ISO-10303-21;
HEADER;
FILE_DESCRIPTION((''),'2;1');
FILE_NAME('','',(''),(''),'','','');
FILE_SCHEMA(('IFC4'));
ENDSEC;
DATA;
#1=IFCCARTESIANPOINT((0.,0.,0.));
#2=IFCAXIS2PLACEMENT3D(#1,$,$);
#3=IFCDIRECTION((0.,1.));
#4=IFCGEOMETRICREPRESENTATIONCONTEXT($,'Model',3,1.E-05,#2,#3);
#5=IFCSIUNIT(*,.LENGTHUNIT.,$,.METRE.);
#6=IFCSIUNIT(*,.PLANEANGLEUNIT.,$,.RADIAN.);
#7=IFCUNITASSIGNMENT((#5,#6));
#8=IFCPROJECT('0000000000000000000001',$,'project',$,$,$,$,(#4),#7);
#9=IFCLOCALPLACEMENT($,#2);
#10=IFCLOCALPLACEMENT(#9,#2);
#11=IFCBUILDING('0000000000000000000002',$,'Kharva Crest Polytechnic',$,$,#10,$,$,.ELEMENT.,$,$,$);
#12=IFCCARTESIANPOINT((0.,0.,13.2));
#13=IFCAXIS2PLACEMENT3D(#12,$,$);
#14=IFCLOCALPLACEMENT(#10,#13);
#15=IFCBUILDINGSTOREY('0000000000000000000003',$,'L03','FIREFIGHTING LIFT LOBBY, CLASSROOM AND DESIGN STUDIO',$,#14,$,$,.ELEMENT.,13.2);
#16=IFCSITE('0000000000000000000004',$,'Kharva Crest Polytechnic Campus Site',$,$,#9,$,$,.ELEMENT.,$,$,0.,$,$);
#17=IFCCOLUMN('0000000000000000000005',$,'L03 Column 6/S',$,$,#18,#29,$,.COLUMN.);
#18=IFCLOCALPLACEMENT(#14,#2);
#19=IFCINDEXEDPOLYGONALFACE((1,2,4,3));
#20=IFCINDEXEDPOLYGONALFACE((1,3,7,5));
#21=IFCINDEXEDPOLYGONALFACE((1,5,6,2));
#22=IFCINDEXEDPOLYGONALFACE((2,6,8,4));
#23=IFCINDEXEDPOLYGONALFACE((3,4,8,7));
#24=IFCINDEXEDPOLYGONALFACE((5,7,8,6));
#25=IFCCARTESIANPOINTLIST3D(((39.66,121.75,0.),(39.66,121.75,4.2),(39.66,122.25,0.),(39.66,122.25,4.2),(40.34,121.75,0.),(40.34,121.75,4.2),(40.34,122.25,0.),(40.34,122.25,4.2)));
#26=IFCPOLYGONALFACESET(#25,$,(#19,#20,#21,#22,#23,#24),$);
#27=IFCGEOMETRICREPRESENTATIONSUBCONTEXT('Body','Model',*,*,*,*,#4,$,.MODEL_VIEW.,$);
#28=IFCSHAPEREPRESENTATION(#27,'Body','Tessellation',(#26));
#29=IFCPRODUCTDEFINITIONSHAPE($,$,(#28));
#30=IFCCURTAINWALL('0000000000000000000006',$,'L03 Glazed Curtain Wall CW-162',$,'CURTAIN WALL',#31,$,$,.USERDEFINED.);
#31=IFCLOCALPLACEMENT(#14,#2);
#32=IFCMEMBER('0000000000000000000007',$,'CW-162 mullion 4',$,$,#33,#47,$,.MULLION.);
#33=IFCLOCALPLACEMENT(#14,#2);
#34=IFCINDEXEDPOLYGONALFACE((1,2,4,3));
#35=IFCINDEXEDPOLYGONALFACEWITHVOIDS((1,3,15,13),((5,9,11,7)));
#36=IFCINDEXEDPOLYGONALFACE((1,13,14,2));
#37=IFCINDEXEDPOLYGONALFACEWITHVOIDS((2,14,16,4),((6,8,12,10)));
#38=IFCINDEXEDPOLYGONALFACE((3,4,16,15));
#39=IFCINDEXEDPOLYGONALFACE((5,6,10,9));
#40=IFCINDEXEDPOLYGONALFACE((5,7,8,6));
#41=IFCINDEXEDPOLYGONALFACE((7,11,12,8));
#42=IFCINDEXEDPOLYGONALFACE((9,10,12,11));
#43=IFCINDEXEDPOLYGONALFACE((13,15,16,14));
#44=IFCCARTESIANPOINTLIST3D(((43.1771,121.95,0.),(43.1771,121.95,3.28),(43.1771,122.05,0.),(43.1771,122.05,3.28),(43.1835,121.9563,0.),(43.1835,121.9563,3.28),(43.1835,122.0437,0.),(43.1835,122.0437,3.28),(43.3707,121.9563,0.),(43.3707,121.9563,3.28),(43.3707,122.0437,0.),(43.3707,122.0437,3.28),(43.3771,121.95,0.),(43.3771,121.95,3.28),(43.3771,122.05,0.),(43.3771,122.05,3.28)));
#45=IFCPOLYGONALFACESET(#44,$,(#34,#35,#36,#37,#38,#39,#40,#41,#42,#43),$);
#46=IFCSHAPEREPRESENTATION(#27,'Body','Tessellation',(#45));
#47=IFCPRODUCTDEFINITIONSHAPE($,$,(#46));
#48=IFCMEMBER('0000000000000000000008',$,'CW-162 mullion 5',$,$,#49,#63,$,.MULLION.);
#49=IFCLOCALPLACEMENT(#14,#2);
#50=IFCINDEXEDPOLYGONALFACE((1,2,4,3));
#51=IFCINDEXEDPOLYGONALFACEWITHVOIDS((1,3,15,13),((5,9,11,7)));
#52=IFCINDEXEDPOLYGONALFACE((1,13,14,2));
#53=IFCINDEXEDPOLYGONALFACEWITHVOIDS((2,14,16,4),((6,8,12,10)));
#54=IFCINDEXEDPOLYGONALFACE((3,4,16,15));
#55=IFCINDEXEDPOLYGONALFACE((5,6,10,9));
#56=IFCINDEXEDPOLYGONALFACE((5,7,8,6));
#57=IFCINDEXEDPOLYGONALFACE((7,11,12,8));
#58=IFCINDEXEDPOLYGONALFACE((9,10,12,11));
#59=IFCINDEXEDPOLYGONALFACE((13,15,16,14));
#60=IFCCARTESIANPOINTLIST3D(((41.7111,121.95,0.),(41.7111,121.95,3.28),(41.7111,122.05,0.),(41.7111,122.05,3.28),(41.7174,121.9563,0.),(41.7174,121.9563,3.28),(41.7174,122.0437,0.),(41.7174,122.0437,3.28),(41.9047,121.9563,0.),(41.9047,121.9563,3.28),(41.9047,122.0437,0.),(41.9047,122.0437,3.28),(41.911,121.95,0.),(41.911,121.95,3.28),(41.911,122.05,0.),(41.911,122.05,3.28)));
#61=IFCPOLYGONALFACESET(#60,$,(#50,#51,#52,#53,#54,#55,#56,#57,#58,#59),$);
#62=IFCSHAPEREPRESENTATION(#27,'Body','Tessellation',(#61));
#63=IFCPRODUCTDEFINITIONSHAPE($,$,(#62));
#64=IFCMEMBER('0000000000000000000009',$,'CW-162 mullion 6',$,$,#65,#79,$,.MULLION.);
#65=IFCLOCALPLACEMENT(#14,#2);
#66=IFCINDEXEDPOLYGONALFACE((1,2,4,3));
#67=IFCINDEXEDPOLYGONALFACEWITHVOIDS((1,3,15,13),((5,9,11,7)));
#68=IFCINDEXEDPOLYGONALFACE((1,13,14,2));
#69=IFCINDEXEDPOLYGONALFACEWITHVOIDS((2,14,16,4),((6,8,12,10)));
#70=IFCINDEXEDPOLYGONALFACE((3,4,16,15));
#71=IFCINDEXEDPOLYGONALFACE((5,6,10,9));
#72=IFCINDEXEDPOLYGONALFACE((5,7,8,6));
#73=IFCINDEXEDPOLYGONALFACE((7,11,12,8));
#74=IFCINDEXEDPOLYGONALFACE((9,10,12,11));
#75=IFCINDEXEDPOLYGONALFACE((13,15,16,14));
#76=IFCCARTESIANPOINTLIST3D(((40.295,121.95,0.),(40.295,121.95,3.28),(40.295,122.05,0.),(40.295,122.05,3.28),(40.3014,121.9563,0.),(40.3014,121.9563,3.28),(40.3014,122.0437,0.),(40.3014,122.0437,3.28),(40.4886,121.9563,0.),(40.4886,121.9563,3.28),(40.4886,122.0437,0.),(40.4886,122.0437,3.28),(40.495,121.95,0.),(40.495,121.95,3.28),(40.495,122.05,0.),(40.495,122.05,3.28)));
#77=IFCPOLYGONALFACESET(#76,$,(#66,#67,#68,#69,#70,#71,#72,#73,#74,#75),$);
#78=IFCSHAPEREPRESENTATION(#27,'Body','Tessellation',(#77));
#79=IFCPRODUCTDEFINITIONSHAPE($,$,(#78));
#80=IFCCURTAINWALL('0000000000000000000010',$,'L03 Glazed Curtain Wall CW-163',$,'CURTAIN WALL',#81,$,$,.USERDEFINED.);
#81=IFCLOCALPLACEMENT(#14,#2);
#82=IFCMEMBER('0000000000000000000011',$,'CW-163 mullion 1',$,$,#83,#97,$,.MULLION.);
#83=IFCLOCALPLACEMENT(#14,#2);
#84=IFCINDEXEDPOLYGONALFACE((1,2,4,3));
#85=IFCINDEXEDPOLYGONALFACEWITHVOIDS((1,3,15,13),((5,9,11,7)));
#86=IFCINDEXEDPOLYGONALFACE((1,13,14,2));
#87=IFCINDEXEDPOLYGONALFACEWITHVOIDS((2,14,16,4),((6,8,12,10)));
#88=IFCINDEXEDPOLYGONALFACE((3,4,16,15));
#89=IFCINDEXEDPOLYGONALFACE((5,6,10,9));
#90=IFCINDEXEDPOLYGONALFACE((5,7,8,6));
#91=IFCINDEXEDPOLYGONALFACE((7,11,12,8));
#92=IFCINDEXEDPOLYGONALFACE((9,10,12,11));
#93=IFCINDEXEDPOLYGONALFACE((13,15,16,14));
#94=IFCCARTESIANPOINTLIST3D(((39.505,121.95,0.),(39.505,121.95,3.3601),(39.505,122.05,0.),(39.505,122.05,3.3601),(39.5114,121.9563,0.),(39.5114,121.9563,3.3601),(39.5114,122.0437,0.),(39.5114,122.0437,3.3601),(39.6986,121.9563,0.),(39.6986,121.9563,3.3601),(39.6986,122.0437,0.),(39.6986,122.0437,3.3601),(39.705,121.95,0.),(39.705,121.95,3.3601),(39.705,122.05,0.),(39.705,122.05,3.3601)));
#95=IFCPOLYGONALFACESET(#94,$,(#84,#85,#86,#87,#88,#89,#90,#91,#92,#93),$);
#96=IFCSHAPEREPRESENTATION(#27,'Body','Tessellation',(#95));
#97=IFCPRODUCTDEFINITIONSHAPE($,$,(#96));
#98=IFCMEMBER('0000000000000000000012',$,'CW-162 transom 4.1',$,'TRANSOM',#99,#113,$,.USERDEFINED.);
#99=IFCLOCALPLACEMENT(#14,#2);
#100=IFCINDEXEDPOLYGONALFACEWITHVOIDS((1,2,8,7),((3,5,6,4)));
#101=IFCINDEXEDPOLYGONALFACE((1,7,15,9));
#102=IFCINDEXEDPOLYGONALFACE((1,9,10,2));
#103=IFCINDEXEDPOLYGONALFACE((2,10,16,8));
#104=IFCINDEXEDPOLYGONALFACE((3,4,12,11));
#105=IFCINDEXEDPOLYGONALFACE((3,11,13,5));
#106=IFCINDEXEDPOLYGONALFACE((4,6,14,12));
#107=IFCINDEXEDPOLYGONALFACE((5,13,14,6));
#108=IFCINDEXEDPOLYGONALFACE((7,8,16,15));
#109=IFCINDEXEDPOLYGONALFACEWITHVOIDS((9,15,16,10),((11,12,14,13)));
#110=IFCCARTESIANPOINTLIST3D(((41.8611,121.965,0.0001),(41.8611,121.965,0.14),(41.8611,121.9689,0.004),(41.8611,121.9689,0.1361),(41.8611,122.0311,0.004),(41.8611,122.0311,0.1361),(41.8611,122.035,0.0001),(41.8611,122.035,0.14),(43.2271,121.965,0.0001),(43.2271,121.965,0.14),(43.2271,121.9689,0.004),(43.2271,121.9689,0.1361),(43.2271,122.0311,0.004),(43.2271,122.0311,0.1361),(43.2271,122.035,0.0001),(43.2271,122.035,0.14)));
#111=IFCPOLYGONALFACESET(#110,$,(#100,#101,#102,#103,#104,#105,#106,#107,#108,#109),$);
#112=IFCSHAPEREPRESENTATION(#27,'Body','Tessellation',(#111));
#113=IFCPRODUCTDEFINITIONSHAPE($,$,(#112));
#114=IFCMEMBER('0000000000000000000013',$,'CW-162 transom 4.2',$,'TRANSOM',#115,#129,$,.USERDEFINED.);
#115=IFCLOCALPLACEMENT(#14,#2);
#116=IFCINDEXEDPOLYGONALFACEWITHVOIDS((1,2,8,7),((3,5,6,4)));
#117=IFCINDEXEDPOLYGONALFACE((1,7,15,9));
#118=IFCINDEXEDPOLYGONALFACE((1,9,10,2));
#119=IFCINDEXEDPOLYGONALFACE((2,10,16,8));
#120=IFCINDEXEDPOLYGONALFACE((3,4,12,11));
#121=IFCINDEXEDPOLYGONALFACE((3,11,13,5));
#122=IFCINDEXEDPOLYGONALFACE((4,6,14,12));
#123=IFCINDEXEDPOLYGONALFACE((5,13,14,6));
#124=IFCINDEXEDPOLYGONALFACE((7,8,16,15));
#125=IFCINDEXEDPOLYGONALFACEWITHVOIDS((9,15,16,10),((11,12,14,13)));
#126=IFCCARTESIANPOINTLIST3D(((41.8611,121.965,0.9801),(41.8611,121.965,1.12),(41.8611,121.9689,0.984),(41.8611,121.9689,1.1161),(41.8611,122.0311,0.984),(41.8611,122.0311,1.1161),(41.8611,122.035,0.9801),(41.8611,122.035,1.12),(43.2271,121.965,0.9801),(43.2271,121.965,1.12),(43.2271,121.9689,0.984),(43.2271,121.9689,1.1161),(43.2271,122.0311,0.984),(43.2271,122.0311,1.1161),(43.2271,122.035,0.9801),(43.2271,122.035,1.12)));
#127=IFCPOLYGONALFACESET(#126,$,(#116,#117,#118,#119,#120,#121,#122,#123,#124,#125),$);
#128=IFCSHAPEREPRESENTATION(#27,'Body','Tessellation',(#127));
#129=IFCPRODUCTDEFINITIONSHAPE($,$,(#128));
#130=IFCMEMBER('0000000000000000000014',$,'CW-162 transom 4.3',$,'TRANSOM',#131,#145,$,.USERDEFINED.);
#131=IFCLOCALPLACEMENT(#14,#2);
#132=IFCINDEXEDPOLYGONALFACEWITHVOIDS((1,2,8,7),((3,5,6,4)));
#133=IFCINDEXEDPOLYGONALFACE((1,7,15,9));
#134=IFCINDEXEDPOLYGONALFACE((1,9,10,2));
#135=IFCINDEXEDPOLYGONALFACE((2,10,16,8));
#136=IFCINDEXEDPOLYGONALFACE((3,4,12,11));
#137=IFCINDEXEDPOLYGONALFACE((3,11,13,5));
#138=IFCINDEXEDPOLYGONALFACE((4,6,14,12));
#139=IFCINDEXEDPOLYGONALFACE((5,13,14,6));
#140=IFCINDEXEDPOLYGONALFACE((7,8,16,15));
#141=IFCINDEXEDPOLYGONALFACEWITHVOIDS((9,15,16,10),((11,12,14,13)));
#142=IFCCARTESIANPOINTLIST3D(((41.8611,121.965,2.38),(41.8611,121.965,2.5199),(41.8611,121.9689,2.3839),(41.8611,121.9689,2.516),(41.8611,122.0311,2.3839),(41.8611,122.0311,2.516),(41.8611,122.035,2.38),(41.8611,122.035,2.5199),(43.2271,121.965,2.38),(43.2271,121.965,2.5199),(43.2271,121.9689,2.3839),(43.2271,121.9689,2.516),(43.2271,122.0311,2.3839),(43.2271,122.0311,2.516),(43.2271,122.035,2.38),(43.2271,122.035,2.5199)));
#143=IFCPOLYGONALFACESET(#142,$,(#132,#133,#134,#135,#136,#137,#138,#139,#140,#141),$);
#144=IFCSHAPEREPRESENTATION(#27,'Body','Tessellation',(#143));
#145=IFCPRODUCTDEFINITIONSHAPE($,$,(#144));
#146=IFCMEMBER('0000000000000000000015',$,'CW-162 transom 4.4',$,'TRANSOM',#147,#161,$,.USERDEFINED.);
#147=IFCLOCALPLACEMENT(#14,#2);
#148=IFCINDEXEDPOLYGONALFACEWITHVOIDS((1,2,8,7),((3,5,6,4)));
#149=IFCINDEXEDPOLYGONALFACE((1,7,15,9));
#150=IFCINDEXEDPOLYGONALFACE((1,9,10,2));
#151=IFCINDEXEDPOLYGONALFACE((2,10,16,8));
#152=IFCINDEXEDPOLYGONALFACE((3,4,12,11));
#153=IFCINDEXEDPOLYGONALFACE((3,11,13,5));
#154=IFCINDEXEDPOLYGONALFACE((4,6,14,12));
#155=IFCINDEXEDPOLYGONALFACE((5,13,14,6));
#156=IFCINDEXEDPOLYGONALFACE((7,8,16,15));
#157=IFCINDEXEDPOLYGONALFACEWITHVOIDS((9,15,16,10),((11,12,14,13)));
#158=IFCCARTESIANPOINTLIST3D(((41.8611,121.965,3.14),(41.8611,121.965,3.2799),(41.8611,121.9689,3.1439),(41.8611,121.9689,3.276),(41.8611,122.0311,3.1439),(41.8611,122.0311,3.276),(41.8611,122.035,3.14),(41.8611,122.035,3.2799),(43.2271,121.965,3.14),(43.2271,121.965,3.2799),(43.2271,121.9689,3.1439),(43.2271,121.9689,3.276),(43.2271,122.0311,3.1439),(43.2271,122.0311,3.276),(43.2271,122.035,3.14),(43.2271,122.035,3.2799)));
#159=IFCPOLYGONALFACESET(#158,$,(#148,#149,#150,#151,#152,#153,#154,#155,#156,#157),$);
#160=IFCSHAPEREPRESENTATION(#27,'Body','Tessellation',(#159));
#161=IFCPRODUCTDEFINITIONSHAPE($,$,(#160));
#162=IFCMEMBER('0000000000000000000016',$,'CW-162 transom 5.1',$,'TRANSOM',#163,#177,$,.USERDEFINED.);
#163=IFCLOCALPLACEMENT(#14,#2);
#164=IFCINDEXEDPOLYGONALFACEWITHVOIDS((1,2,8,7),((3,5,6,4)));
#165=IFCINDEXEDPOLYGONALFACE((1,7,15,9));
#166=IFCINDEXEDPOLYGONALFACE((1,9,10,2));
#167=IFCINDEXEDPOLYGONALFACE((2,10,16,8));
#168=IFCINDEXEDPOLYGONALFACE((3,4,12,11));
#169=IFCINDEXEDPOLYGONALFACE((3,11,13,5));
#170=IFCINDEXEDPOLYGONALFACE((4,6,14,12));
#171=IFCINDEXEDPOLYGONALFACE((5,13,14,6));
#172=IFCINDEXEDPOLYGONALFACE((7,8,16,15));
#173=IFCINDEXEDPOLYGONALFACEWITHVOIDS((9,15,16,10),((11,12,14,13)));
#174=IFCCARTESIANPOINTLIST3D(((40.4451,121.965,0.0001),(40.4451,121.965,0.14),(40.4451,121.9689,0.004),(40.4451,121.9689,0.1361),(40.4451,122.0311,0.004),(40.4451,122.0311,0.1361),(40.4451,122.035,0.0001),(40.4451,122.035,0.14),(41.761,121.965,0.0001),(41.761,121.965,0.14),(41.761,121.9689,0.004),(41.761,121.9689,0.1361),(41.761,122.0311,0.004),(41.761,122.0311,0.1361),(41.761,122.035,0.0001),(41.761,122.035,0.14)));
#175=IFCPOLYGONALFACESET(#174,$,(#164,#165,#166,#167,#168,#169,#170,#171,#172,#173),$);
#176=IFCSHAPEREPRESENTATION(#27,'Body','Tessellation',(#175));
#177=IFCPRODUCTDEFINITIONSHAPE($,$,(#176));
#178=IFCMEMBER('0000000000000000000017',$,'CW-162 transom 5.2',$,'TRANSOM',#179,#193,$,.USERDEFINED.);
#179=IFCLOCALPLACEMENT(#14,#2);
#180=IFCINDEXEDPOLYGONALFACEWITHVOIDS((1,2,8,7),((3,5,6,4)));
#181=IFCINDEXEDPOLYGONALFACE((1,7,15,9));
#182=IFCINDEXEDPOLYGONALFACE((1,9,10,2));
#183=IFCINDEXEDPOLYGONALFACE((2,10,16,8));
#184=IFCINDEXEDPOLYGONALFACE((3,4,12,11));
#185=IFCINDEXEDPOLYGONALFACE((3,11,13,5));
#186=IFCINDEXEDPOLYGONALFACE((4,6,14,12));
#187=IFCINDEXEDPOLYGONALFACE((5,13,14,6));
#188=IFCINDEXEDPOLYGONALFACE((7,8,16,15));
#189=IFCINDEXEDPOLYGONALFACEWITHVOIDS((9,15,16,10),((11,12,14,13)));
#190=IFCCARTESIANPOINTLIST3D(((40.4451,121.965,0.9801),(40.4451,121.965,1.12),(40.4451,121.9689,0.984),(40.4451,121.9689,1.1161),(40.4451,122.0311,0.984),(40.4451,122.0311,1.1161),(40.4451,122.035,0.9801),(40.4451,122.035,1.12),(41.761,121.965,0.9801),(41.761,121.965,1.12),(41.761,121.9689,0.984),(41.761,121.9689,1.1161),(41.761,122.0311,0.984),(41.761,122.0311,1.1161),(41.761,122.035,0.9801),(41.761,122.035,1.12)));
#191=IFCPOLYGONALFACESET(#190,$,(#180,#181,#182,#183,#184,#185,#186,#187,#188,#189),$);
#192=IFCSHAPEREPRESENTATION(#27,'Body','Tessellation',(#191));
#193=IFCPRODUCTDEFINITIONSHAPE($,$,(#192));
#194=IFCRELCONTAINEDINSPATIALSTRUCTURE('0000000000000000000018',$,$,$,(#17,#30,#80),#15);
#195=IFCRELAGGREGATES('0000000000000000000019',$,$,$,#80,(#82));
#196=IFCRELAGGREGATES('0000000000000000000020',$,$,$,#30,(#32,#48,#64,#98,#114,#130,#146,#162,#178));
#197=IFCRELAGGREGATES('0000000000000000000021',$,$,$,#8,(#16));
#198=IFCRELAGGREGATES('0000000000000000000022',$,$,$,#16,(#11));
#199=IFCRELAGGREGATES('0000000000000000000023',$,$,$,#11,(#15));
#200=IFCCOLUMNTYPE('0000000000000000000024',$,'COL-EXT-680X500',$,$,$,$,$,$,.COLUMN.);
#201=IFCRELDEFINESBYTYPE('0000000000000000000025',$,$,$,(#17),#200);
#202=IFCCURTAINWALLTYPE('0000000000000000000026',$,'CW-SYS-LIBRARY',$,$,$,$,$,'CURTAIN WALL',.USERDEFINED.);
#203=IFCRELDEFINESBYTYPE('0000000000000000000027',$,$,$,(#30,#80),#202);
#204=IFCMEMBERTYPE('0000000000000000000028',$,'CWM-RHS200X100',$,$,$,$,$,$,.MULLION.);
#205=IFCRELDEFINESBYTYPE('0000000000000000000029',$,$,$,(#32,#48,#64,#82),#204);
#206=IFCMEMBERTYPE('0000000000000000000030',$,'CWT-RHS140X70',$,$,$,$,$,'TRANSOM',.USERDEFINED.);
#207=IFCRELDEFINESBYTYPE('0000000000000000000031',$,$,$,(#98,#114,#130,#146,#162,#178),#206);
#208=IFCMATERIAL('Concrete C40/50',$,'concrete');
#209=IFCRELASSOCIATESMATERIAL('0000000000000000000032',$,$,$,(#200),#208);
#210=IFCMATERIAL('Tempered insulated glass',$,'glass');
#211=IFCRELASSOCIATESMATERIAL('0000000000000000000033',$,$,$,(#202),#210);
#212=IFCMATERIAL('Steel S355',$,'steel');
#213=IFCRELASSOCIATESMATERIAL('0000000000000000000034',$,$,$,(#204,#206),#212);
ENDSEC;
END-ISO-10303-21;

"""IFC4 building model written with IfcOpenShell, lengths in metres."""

from ifc_helpers import new_model, si_unit, direction, frame, origin, origin_2d, place, context, subcontext, project, spatial, rectangle, hollow_rectangle, extrude, material, material_profile, profile_set, type_object, element, aggregate, save


model = new_model("IFC4")

# Units and contexts
model_context = context("Model", 3, precision=1e-05, world=origin(), true_north=direction((0.0, 1.0)))
body_context = subcontext(model_context, "Body", "Model", "MODEL_VIEW")
ifc_project = project(units=[si_unit("LENGTHUNIT", "METRE"), si_unit("PLANEANGLEUNIT", "RADIAN")], contexts=[model_context])

# Site, building, storey
site_placement = place(None, origin())
site = spatial("IfcSite", under=ifc_project, at=site_placement, Name="Kharva Crest Polytechnic Campus Site", CompositionType="ELEMENT", RefElevation=0.0)
building_placement = place(site_placement, origin())
building = spatial("IfcBuilding", under=site, at=building_placement, Name="Kharva Crest Polytechnic", CompositionType="ELEMENT")
storey_placement = place(building_placement, frame((0.0, 0.0, 13.2)))
storey = spatial("IfcBuildingStorey", under=building, at=storey_placement, Name="L03", Description="FIREFIGHTING LIFT LOBBY, CLASSROOM AND DESIGN STUDIO", CompositionType="ELEMENT", Elevation=13.2)

# Column
ifc_material_1 = material(Name="Concrete C40/50", Category="concrete")
ifc_material_profile_1 = material_profile(ifc_material_1, rectangle(XDim=0.6799, YDim=0.5, at=origin_2d()), Name="RECT 680 X 500")
ifc_profile_set_1 = profile_set([ifc_material_profile_1], Name="Concrete C40/50")
column_type = type_object("IfcColumnType", Name="COL-EXT-680X500", PredefinedType="COLUMN", material=ifc_profile_set_1)
column_placement = place(storey_placement, frame((40.0, 122.0, 0.0), z_axis=(0.0, 0.0, 1.0), x_axis=(1.0, 0.0, 0.0)))
element("IfcColumn", 1, at=column_placement, inside=storey, type_object=column_type, Name="L03 Column 6/S", PredefinedType="COLUMN", context=body_context, shape_type="SweptSolid", body=[
    extrude(rectangle(XDim=0.6799, YDim=0.5, at=origin_2d()), origin(), (0.0, 0.0, 1.0), 4.2),
])

# Curtain wall, members
ifc_material_2 = material(Name="Tempered insulated glass", Category="glass")
curtain_wall_type = type_object("IfcCurtainWallType", Name="CW-SYS-LIBRARY", ElementType="CURTAIN WALL", PredefinedType="USERDEFINED", material=ifc_material_2)
curtain_wall_1_placement = place(storey_placement, origin())
curtain_wall_1 = element("IfcCurtainWall", 2, at=curtain_wall_1_placement, inside=storey, type_object=curtain_wall_type, Name="L03 Glazed Curtain Wall CW-162", ObjectType="CURTAIN WALL", PredefinedType="USERDEFINED")
ifc_material_3 = material(Name="Steel S355", Category="steel")
ifc_material_profile_2 = material_profile(ifc_material_3, hollow_rectangle(XDim=0.1001, YDim=0.2, WallThickness=0.0063, at=origin_2d()), Name="RHS 200X100X6.3")
ifc_profile_set_2 = profile_set([ifc_material_profile_2], Name="Steel S355")
member_type_1 = type_object("IfcMemberType", Name="CWM-RHS200X100", PredefinedType="MULLION", material=ifc_profile_set_2)
member_1_placement = place(storey_placement, frame((43.2771, 122.0, 0.0), z_axis=(0.0, 0.0, 1.0), x_axis=(0.0, -1.0, 0.0)))
member_1 = element("IfcMember", 3, at=member_1_placement, type_object=member_type_1, Name="CW-162 mullion 4", PredefinedType="MULLION", context=body_context, shape_type="SweptSolid", body=[
    extrude(hollow_rectangle(XDim=0.1001, YDim=0.2, WallThickness=0.0063, at=origin_2d()), origin(), (0.0, 0.0, 1.0), 3.28),
])
member_2_placement = place(storey_placement, frame((41.811, 122.0, 0.0), z_axis=(0.0, 0.0, 1.0), x_axis=(0.0, -1.0, 0.0)))
member_2 = element("IfcMember", 4, at=member_2_placement, type_object=member_type_1, Name="CW-162 mullion 5", PredefinedType="MULLION", context=body_context, shape_type="SweptSolid", body=[
    extrude(hollow_rectangle(XDim=0.1001, YDim=0.2, WallThickness=0.0063, at=origin_2d()), origin(), (0.0, 0.0, 1.0), 3.28),
])
member_3_placement = place(storey_placement, frame((40.395, 122.0, 0.0), z_axis=(0.0, 0.0, 1.0), x_axis=(0.0, -1.0, 0.0)))
member_3 = element("IfcMember", 5, at=member_3_placement, type_object=member_type_1, Name="CW-162 mullion 6", PredefinedType="MULLION", context=body_context, shape_type="SweptSolid", body=[
    extrude(hollow_rectangle(XDim=0.1001, YDim=0.2, WallThickness=0.0063, at=origin_2d()), origin(), (0.0, 0.0, 1.0), 3.28),
])

# Curtain wall, member
curtain_wall_2_placement = place(storey_placement, origin())
curtain_wall_2 = element("IfcCurtainWall", 6, at=curtain_wall_2_placement, inside=storey, type_object=curtain_wall_type, Name="L03 Glazed Curtain Wall CW-163", ObjectType="CURTAIN WALL", PredefinedType="USERDEFINED")
member_4_placement = place(storey_placement, frame((39.605, 122.0, 0.0), z_axis=(0.0, 0.0, 1.0), x_axis=(0.0, -1.0, 0.0)))
member_4 = element("IfcMember", 7, at=member_4_placement, type_object=member_type_1, Name="CW-163 mullion 1", PredefinedType="MULLION", context=body_context, shape_type="SweptSolid", body=[
    extrude(hollow_rectangle(XDim=0.1001, YDim=0.2, WallThickness=0.0063, at=origin_2d()), origin(), (0.0, 0.0, 1.0), 3.3601),
])

# Members
ifc_material_profile_3 = material_profile(ifc_material_3, hollow_rectangle(XDim=0.0701, YDim=0.1399, WallThickness=0.0039, at=origin_2d()), Name="RHS 140X70X4.0")
ifc_profile_set_3 = profile_set([ifc_material_profile_3], Name="Steel S355")
member_type_2 = type_object("IfcMemberType", Name="CWT-RHS140X70", ElementType="TRANSOM", PredefinedType="USERDEFINED", material=ifc_profile_set_3)
member_5_placement = place(storey_placement, frame((43.2271, 122.0, 0.0701), z_axis=(-1.0, 0.0, 0.0), x_axis=(0.0, -1.0, 0.0)))
member_5 = element("IfcMember", 8, at=member_5_placement, type_object=member_type_2, Name="CW-162 transom 4.1", ObjectType="TRANSOM", PredefinedType="USERDEFINED", context=body_context, shape_type="SweptSolid", body=[
    extrude(hollow_rectangle(XDim=0.0701, YDim=0.1399, WallThickness=0.0039, at=origin_2d()), origin(), (0.0, 0.0, 1.0), 1.366),
])
member_6_placement = place(storey_placement, frame((43.2271, 122.0, 1.05), z_axis=(-1.0, 0.0, 0.0), x_axis=(0.0, -1.0, 0.0)))
member_6 = element("IfcMember", 9, at=member_6_placement, type_object=member_type_2, Name="CW-162 transom 4.2", ObjectType="TRANSOM", PredefinedType="USERDEFINED", context=body_context, shape_type="SweptSolid", body=[
    extrude(hollow_rectangle(XDim=0.0701, YDim=0.1399, WallThickness=0.0039, at=origin_2d()), origin(), (0.0, 0.0, 1.0), 1.366),
])
member_7_placement = place(storey_placement, frame((43.2271, 122.0, 2.45), z_axis=(-1.0, 0.0, 0.0), x_axis=(0.0, -1.0, 0.0)))
member_7 = element("IfcMember", 10, at=member_7_placement, type_object=member_type_2, Name="CW-162 transom 4.3", ObjectType="TRANSOM", PredefinedType="USERDEFINED", context=body_context, shape_type="SweptSolid", body=[
    extrude(hollow_rectangle(XDim=0.0701, YDim=0.1399, WallThickness=0.0039, at=origin_2d()), origin(), (0.0, 0.0, 1.0), 1.366),
])
member_8_placement = place(storey_placement, frame((43.2271, 122.0, 3.21), z_axis=(-1.0, 0.0, 0.0), x_axis=(0.0, -1.0, 0.0)))
member_8 = element("IfcMember", 11, at=member_8_placement, type_object=member_type_2, Name="CW-162 transom 4.4", ObjectType="TRANSOM", PredefinedType="USERDEFINED", context=body_context, shape_type="SweptSolid", body=[
    extrude(hollow_rectangle(XDim=0.0701, YDim=0.1399, WallThickness=0.0039, at=origin_2d()), origin(), (0.0, 0.0, 1.0), 1.366),
])
member_9_placement = place(storey_placement, frame((41.761, 122.0, 0.0701), z_axis=(-1.0, 0.0, 0.0), x_axis=(0.0, -1.0, 0.0)))
member_9 = element("IfcMember", 12, at=member_9_placement, type_object=member_type_2, Name="CW-162 transom 5.1", ObjectType="TRANSOM", PredefinedType="USERDEFINED", context=body_context, shape_type="SweptSolid", body=[
    extrude(hollow_rectangle(XDim=0.0701, YDim=0.1399, WallThickness=0.0039, at=origin_2d()), origin(), (0.0, 0.0, 1.0), 1.3159),
])
member_10_placement = place(storey_placement, frame((41.761, 122.0, 1.05), z_axis=(-1.0, 0.0, 0.0), x_axis=(0.0, -1.0, 0.0)))
member_10 = element("IfcMember", 13, at=member_10_placement, type_object=member_type_2, Name="CW-162 transom 5.2", ObjectType="TRANSOM", PredefinedType="USERDEFINED", context=body_context, shape_type="SweptSolid", body=[
    extrude(hollow_rectangle(XDim=0.0701, YDim=0.1399, WallThickness=0.0039, at=origin_2d()), origin(), (0.0, 0.0, 1.0), 1.3159),
])
aggregate(curtain_wall_2, [member_4])

aggregate(curtain_wall_1, [member_1, member_2, member_3, member_5, member_6, member_7, member_8, member_9, member_10])

save(model, "model.ifc")
